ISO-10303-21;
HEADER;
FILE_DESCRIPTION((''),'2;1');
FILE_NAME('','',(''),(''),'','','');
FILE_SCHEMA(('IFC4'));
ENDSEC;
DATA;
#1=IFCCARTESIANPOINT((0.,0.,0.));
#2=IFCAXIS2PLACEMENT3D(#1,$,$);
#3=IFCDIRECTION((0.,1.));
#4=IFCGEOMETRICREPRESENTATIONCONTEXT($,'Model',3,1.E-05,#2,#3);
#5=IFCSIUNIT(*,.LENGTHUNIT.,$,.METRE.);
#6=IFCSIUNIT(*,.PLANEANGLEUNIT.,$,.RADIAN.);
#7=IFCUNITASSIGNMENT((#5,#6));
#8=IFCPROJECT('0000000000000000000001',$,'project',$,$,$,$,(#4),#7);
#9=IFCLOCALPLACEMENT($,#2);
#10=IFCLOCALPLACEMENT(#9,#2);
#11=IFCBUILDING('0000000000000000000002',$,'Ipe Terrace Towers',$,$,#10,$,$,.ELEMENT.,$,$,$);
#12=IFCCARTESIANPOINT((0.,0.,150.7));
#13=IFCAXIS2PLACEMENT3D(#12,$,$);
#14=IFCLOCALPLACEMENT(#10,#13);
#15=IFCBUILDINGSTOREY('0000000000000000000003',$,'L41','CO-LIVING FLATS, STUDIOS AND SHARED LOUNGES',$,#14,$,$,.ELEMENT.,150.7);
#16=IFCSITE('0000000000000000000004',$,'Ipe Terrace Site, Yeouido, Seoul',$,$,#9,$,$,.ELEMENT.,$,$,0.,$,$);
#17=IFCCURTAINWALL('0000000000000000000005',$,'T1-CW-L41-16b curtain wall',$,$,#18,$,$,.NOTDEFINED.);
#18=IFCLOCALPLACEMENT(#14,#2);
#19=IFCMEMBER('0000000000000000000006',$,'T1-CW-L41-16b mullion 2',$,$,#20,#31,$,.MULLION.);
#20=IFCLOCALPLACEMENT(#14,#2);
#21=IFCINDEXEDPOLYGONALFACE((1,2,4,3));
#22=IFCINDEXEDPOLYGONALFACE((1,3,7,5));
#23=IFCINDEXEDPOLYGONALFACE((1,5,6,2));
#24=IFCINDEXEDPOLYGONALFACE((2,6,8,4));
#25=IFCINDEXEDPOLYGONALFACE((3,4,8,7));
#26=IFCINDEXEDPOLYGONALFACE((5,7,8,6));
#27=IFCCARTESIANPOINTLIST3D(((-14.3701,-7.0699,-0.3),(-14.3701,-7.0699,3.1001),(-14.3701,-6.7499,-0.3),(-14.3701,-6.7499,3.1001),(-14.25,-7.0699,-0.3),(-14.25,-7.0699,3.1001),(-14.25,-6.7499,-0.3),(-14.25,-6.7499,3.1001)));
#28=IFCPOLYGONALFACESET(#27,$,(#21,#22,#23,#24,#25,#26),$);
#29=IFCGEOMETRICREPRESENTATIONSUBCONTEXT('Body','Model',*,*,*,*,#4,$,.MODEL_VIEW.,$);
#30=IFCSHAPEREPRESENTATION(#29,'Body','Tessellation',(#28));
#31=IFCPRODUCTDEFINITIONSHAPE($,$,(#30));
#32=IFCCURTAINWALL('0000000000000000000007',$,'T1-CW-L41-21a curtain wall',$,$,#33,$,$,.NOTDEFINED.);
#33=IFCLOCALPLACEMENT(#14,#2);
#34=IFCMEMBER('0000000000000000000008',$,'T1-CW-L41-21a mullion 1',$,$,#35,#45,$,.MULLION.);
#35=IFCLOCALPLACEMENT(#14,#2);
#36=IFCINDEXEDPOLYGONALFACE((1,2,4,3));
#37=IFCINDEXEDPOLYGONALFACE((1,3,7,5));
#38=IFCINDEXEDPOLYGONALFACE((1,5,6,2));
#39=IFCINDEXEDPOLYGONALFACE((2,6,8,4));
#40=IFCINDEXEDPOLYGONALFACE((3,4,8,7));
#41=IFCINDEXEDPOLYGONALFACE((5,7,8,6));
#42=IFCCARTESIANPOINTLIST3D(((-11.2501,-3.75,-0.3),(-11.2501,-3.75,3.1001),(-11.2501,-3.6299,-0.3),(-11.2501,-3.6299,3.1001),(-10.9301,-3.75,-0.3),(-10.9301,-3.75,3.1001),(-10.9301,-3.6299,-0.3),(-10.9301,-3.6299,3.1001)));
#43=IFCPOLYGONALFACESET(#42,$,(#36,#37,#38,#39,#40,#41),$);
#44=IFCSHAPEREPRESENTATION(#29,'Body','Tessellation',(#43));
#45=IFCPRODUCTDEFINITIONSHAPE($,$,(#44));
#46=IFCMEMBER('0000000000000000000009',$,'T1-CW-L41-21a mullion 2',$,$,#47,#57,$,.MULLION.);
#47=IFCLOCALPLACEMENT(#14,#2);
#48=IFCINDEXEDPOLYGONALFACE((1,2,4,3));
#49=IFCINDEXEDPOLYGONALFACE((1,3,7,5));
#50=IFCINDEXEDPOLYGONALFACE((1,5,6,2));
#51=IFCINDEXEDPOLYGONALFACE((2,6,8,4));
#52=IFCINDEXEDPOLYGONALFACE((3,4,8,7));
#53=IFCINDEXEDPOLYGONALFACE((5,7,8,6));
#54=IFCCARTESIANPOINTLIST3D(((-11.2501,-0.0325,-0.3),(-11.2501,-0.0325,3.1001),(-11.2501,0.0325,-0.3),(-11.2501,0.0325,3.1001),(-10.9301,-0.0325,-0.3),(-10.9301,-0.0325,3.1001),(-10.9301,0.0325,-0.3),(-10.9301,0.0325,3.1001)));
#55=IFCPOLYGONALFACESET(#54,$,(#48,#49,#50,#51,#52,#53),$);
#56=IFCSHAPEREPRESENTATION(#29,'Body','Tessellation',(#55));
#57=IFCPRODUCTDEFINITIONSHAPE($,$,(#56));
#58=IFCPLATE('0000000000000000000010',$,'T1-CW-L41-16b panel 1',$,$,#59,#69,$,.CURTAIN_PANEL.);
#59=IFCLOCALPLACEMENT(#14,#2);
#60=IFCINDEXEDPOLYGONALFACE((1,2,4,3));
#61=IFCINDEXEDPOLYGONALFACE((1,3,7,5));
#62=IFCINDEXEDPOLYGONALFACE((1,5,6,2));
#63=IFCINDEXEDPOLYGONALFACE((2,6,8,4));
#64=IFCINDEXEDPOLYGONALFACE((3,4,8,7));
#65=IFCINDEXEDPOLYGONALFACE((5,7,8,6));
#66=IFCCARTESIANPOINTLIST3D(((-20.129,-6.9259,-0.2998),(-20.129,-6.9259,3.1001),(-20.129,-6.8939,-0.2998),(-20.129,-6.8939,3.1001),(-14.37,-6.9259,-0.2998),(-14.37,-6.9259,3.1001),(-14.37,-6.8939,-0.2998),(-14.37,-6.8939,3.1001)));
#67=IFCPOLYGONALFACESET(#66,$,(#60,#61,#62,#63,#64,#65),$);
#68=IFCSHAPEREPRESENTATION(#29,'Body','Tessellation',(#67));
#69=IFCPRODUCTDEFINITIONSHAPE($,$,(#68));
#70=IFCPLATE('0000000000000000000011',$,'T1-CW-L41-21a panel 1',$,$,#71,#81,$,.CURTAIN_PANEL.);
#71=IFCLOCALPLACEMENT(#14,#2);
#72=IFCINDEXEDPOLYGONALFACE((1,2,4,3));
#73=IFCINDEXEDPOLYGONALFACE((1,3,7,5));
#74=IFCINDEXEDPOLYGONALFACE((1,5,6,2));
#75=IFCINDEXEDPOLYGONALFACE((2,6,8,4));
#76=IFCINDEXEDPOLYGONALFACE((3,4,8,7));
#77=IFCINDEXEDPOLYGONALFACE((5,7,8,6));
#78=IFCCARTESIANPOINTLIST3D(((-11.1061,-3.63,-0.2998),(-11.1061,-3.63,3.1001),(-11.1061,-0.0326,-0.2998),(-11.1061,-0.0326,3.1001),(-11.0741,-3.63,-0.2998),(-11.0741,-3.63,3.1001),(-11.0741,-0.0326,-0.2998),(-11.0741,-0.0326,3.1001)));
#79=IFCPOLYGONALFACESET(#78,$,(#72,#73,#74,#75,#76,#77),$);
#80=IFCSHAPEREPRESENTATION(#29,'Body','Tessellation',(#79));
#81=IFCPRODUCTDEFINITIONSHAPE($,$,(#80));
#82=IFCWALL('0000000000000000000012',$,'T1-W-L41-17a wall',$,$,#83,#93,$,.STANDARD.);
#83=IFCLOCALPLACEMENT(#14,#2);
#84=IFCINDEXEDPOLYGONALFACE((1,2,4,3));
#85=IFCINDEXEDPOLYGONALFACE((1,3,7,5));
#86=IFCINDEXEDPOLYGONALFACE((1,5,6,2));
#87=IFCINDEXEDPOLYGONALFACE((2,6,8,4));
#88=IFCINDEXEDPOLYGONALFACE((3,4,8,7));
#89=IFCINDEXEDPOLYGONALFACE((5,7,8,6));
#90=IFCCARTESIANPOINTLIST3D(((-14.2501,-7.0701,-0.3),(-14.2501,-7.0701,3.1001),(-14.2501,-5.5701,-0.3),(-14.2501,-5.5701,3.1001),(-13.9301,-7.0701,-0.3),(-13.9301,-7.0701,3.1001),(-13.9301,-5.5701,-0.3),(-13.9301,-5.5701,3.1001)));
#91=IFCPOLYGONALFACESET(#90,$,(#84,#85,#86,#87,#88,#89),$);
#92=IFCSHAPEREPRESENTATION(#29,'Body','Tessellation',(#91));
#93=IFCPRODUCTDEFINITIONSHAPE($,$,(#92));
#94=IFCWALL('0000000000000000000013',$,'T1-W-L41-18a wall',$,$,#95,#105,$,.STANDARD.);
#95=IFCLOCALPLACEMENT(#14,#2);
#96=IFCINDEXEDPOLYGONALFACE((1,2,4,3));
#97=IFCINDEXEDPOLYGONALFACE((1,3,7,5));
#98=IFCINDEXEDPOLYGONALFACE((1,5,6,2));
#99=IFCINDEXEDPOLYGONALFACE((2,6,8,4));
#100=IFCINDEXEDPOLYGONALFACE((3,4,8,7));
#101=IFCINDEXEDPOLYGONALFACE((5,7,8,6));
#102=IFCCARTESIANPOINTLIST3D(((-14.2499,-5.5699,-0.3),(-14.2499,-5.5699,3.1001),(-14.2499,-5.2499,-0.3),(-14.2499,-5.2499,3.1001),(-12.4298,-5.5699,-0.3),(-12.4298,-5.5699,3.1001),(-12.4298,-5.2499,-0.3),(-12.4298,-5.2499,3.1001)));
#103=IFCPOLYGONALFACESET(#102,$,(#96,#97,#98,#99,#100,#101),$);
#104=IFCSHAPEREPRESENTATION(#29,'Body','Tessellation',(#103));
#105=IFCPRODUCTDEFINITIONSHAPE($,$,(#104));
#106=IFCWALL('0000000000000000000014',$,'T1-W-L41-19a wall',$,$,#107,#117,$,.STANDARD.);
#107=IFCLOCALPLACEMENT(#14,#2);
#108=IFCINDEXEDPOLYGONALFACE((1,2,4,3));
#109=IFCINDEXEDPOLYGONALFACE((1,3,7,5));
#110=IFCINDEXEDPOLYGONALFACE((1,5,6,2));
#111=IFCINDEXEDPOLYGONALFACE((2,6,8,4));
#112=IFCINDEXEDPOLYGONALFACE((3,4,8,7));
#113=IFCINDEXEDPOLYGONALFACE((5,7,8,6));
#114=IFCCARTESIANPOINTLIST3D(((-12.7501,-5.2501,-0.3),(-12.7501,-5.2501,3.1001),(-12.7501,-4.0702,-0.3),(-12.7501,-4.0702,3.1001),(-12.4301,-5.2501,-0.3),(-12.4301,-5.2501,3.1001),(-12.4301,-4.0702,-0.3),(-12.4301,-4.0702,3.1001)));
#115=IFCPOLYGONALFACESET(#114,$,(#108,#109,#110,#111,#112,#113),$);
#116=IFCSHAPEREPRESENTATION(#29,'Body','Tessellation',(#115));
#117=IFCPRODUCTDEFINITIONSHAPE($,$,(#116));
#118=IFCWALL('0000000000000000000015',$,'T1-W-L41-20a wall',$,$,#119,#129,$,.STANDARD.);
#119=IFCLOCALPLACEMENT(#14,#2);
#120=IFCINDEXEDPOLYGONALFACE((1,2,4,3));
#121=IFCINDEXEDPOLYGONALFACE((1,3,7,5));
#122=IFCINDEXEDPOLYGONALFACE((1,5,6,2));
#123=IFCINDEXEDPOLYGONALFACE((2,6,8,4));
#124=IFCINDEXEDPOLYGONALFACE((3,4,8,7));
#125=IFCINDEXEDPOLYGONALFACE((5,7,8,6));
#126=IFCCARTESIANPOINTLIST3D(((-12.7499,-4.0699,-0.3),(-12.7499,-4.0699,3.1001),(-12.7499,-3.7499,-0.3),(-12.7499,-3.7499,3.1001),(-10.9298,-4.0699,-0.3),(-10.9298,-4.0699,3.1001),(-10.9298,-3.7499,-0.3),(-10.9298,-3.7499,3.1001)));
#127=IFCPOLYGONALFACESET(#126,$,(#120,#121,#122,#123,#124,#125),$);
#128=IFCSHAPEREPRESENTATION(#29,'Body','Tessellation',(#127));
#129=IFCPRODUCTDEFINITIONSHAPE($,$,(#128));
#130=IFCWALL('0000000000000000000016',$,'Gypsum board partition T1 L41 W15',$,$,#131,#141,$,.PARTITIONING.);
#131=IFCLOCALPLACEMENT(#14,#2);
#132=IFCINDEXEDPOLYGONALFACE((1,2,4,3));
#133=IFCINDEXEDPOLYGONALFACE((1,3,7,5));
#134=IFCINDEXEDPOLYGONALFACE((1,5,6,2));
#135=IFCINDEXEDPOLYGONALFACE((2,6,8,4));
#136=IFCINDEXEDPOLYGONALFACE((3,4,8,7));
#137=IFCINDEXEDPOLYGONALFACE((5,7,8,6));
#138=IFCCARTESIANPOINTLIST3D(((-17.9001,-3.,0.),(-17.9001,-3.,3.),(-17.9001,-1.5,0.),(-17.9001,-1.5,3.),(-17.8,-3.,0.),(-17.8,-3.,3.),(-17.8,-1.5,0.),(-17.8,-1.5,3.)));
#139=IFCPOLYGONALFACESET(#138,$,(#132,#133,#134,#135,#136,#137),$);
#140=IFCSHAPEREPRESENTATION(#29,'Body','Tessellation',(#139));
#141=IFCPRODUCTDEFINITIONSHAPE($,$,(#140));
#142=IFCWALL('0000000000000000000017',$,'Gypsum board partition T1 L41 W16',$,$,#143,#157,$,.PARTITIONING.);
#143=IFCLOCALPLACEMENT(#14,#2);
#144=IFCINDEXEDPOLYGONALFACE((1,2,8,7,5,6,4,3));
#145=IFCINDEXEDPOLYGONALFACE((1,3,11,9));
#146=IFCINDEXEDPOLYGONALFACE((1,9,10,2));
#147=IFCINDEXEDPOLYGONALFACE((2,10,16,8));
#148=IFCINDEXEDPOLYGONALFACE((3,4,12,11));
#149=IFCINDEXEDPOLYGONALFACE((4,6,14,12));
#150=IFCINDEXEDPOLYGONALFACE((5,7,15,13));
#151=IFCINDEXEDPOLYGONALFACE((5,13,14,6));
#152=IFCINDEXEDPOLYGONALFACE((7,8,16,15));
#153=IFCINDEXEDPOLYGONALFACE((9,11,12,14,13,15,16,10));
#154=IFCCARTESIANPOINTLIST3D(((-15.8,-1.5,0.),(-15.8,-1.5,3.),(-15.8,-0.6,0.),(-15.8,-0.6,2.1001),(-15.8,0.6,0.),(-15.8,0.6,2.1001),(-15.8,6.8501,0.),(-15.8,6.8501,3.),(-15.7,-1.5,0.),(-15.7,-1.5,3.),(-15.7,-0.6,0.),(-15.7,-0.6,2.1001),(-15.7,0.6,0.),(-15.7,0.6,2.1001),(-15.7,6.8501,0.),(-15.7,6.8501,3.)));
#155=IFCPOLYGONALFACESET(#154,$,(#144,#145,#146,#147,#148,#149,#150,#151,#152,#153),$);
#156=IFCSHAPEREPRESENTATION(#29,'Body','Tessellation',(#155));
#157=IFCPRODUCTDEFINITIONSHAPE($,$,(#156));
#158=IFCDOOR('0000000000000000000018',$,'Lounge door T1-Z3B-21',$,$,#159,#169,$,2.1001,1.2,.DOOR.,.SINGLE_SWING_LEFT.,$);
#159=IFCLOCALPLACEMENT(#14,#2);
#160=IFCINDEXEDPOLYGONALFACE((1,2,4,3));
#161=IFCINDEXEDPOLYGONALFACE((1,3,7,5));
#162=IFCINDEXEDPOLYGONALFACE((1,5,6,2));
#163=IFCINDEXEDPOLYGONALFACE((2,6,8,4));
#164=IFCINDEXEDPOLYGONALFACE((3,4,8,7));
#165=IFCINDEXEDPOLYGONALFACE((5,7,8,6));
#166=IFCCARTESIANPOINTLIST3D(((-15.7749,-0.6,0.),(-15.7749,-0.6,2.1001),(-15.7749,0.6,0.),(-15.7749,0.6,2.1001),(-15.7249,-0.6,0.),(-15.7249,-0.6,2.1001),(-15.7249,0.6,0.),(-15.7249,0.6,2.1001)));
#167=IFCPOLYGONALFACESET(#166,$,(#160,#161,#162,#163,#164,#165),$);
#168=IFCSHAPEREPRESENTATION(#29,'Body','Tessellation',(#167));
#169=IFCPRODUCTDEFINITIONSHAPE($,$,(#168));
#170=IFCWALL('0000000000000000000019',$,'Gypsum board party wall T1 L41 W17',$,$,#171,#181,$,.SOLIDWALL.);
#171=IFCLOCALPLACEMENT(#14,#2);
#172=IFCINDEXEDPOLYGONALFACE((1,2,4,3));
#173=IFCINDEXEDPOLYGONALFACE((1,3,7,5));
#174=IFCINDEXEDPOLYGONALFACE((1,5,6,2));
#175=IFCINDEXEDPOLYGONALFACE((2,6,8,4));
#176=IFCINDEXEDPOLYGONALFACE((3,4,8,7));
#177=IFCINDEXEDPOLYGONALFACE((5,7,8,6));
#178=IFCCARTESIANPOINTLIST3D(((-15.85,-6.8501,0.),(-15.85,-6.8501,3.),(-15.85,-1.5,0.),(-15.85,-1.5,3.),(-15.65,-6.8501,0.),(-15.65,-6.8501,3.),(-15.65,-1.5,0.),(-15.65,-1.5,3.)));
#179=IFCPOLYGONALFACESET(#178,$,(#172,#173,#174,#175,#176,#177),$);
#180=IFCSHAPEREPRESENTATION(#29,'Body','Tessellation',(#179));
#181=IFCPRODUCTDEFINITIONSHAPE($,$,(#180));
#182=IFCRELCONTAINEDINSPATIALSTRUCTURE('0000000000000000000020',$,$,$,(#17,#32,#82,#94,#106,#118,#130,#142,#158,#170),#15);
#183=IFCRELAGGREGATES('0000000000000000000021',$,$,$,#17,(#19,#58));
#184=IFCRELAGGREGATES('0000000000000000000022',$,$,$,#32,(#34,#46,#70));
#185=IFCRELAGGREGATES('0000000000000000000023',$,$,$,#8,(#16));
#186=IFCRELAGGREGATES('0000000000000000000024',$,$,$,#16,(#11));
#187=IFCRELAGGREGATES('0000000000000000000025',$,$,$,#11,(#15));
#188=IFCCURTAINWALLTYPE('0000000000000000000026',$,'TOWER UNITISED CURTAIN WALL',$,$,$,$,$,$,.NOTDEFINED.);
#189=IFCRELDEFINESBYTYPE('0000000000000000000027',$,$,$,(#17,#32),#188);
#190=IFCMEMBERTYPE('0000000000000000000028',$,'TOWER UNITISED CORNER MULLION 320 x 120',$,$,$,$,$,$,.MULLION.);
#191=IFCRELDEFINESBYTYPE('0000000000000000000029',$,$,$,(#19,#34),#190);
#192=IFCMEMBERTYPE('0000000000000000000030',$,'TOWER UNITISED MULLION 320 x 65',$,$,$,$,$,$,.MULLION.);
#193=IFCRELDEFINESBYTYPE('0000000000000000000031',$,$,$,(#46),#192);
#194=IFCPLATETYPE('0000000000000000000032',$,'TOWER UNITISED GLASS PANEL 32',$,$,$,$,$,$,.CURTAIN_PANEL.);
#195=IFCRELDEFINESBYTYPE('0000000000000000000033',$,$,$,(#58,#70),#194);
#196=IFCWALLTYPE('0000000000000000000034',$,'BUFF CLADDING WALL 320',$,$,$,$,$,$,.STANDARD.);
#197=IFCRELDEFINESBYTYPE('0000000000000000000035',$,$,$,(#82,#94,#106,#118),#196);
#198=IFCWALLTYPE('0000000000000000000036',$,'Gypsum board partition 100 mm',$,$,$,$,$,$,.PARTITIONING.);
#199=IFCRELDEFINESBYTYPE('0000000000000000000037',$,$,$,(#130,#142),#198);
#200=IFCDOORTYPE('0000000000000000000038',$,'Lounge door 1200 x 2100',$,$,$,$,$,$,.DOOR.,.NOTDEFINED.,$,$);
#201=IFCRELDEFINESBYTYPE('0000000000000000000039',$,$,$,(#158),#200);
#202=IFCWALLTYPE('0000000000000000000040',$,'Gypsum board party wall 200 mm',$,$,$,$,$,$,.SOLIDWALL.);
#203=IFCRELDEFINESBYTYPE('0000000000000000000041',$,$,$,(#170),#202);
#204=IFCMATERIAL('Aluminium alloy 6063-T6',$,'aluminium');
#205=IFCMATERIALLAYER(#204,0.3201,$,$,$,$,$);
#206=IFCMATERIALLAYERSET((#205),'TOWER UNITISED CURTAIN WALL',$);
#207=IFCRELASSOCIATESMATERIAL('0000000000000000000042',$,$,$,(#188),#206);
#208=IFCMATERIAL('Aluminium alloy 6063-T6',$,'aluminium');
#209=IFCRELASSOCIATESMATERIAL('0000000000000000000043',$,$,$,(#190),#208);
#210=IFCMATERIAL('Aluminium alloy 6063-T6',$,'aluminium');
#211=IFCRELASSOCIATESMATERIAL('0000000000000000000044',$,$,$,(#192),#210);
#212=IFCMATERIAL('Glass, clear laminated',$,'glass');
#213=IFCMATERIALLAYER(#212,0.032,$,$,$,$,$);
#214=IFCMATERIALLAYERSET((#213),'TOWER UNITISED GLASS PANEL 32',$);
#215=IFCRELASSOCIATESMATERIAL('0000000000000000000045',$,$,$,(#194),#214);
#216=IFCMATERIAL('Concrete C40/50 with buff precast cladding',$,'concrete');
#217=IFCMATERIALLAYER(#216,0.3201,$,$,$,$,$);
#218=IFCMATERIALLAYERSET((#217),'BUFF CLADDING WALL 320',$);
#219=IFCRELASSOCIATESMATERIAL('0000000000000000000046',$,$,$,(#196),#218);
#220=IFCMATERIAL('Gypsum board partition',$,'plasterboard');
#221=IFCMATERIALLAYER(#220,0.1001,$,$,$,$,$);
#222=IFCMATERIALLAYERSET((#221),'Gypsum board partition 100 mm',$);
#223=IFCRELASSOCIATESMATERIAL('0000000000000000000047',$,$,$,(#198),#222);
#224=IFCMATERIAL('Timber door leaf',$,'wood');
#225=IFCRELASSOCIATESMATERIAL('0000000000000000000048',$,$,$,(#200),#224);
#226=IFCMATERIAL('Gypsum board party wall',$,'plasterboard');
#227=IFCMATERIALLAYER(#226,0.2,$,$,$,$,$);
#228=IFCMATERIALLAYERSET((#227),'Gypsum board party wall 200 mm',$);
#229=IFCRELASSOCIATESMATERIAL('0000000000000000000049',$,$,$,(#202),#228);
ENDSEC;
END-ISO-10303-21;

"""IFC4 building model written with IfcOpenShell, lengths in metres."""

from ifc_helpers import new_model, si_unit, direction, frame, frame_2d, origin, origin_2d, place, context, subcontext, project, spatial, rectangle, extrude, material, layer, layer_set, material_profile, profile_set, type_object, element, fill, aggregate, save


model = new_model("IFC4")

# Units and contexts
model_context = context("Model", 3, precision=1e-05, world=origin(), true_north=direction((0.0, 1.0)))
body_context = subcontext(model_context, "Body", "Model", "MODEL_VIEW")
ifc_project = project(units=[si_unit("LENGTHUNIT", "METRE"), si_unit("PLANEANGLEUNIT", "RADIAN")], contexts=[model_context])

# Site, building, storey
site_placement = place(None, origin())
site = spatial("IfcSite", under=ifc_project, at=site_placement, Name="Ipe Terrace Site, Yeouido, Seoul", CompositionType="ELEMENT", RefElevation=0.0)
building_placement = place(site_placement, origin())
building = spatial("IfcBuilding", under=site, at=building_placement, Name="Ipe Terrace Towers", CompositionType="ELEMENT")
storey_placement = place(building_placement, frame((0.0, 0.0, 150.7)))
storey = spatial("IfcBuildingStorey", under=building, at=storey_placement, Name="L41", Description="CO-LIVING FLATS, STUDIOS AND SHARED LOUNGES", CompositionType="ELEMENT", Elevation=150.7)

# Curtain walls, members
ifc_material_1 = material(Name="Aluminium alloy 6063-T6", Category="aluminium")
ifc_layer_1 = layer(ifc_material_1, 0.3201)
ifc_layer_set_1 = layer_set([ifc_layer_1], Name="TOWER UNITISED CURTAIN WALL")
curtain_wall_type = type_object("IfcCurtainWallType", Name="TOWER UNITISED CURTAIN WALL", PredefinedType="NOTDEFINED", material=ifc_layer_set_1)
curtain_wall_1_placement = place(storey_placement, origin())
curtain_wall_1 = element("IfcCurtainWall", 1, at=curtain_wall_1_placement, inside=storey, type_object=curtain_wall_type, Name="T1-CW-L41-16b curtain wall", PredefinedType="NOTDEFINED")
ifc_material_2 = material(Name="Aluminium alloy 6063-T6", Category="aluminium")
ifc_material_profile_1 = material_profile(ifc_material_2, rectangle(XDim=0.3201, YDim=0.1201, at=origin_2d()), Name="TOWER UNITISED CORNER MULLION 320 x 120")
ifc_profile_set_1 = profile_set([ifc_material_profile_1], Name="Aluminium alloy 6063-T6")
member_type_1 = type_object("IfcMemberType", Name="TOWER UNITISED CORNER MULLION 320 x 120", PredefinedType="MULLION", material=ifc_profile_set_1)
member_1_placement = place(storey_placement, frame((-14.3101, -6.9099, -0.3), z_axis=(0.0, 0.0, 1.0), x_axis=(0.0, -1.0, 0.0)))
member_1 = element("IfcMember", 2, at=member_1_placement, type_object=member_type_1, Name="T1-CW-L41-16b mullion 2", PredefinedType="MULLION", context=body_context, shape_type="SweptSolid", body=[
    extrude(rectangle(XDim=0.3201, YDim=0.1201, at=origin_2d()), origin(), (0.0, 0.0, 1.0), 3.4001),
])
curtain_wall_2_placement = place(storey_placement, origin())
curtain_wall_2 = element("IfcCurtainWall", 3, at=curtain_wall_2_placement, inside=storey, type_object=curtain_wall_type, Name="T1-CW-L41-21a curtain wall", PredefinedType="NOTDEFINED")
member_2_placement = place(storey_placement, frame((-11.0901, -3.6899, -0.3), z_axis=(0.0, 0.0, 1.0), x_axis=(1.0, 0.0, 0.0)))
member_2 = element("IfcMember", 4, at=member_2_placement, type_object=member_type_1, Name="T1-CW-L41-21a mullion 1", PredefinedType="MULLION", context=body_context, shape_type="SweptSolid", body=[
    extrude(rectangle(XDim=0.3201, YDim=0.1201, at=origin_2d()), origin(), (0.0, 0.0, 1.0), 3.4001),
])
ifc_material_3 = material(Name="Aluminium alloy 6063-T6", Category="aluminium")
ifc_material_profile_2 = material_profile(ifc_material_3, rectangle(XDim=0.3201, YDim=0.0649, at=origin_2d()), Name="TOWER UNITISED MULLION 320 x 65")
ifc_profile_set_2 = profile_set([ifc_material_profile_2], Name="Aluminium alloy 6063-T6")
member_type_2 = type_object("IfcMemberType", Name="TOWER UNITISED MULLION 320 x 65", PredefinedType="MULLION", material=ifc_profile_set_2)
member_3_placement = place(storey_placement, frame((-11.0901, 0.0, -0.3), z_axis=(0.0, 0.0, 1.0), x_axis=(1.0, 0.0, 0.0)))
member_3 = element("IfcMember", 5, at=member_3_placement, type_object=member_type_2, Name="T1-CW-L41-21a mullion 2", PredefinedType="MULLION", context=body_context, shape_type="SweptSolid", body=[
    extrude(rectangle(XDim=0.3201, YDim=0.0649, at=origin_2d()), origin(), (0.0, 0.0, 1.0), 3.4001),
])

# Plates
ifc_material_4 = material(Name="Glass, clear laminated", Category="glass")
ifc_layer_2 = layer(ifc_material_4, 0.032)
ifc_layer_set_2 = layer_set([ifc_layer_2], Name="TOWER UNITISED GLASS PANEL 32")
plate_type = type_object("IfcPlateType", Name="TOWER UNITISED GLASS PANEL 32", PredefinedType="CURTAIN_PANEL", material=ifc_layer_set_2)
plate_1_placement = place(storey_placement, frame((-17.2495, -6.9099, -0.2998), z_axis=(0.0, 0.0, 1.0), x_axis=(1.0, 0.0, 0.0)))
plate_1 = element("IfcPlate", 6, at=plate_1_placement, type_object=plate_type, Name="T1-CW-L41-16b panel 1", PredefinedType="CURTAIN_PANEL", context=body_context, shape_type="SweptSolid", body=[
    extrude(rectangle(XDim=5.759, YDim=0.032, at=origin_2d()), origin(), (0.0, 0.0, 1.0), 3.3999),
])
aggregate(curtain_wall_1, [member_1, plate_1])
plate_2_placement = place(storey_placement, frame((-11.0901, -1.8313, -0.2998), z_axis=(0.0, 0.0, 1.0), x_axis=(0.0, 1.0, 0.0)))
plate_2 = element("IfcPlate", 7, at=plate_2_placement, type_object=plate_type, Name="T1-CW-L41-21a panel 1", PredefinedType="CURTAIN_PANEL", context=body_context, shape_type="SweptSolid", body=[
    extrude(rectangle(XDim=3.5974, YDim=0.032, at=origin_2d()), origin(), (0.0, 0.0, 1.0), 3.3999),
])
aggregate(curtain_wall_2, [member_2, member_3, plate_2])

# Walls
ifc_material_5 = material(Name="Concrete C40/50 with buff precast cladding", Category="concrete")
ifc_layer_3 = layer(ifc_material_5, 0.3201)
ifc_layer_set_3 = layer_set([ifc_layer_3], Name="BUFF CLADDING WALL 320")
wall_type_1 = type_object("IfcWallType", Name="BUFF CLADDING WALL 320", PredefinedType="STANDARD", material=ifc_layer_set_3)
wall_1_placement = place(storey_placement, frame((-14.0901, -7.0701, -0.3), z_axis=(0.0, 0.0, 1.0), x_axis=(0.0, 1.0, 0.0)))
element("IfcWall", 8, at=wall_1_placement, inside=storey, type_object=wall_type_1, Name="T1-W-L41-17a wall", PredefinedType="STANDARD", context=body_context, shape_type="SweptSolid", body=[
    extrude(rectangle(XDim=1.5, YDim=0.3201, at=frame_2d((0.75, 0.0))), origin(), (0.0, 0.0, 1.0), 3.4001),
])
wall_2_placement = place(storey_placement, frame((-14.25, -5.4099, -0.3), z_axis=(0.0, 0.0, 1.0), x_axis=(1.0, 0.0, 0.0)))
element("IfcWall", 9, at=wall_2_placement, inside=storey, type_object=wall_type_1, Name="T1-W-L41-18a wall", PredefinedType="STANDARD", context=body_context, shape_type="SweptSolid", body=[
    extrude(rectangle(XDim=1.8201, YDim=0.3201, at=frame_2d((0.9102, 0.0))), origin(), (0.0, 0.0, 1.0), 3.4001),
])
wall_3_placement = place(storey_placement, frame((-12.5901, -5.25, -0.3), z_axis=(0.0, 0.0, 1.0), x_axis=(0.0, 1.0, 0.0)))
element("IfcWall", 10, at=wall_3_placement, inside=storey, type_object=wall_type_1, Name="T1-W-L41-19a wall", PredefinedType="STANDARD", context=body_context, shape_type="SweptSolid", body=[
    extrude(rectangle(XDim=1.1799, YDim=0.3201, at=frame_2d((0.5898, 0.0))), origin(), (0.0, 0.0, 1.0), 3.4001),
])
wall_4_placement = place(storey_placement, frame((-12.75, -3.9099, -0.3), z_axis=(0.0, 0.0, 1.0), x_axis=(1.0, 0.0, 0.0)))
element("IfcWall", 11, at=wall_4_placement, inside=storey, type_object=wall_type_1, Name="T1-W-L41-20a wall", PredefinedType="STANDARD", context=body_context, shape_type="SweptSolid", body=[
    extrude(rectangle(XDim=1.8201, YDim=0.3201, at=frame_2d((0.9102, 0.0))), origin(), (0.0, 0.0, 1.0), 3.4001),
])
ifc_material_6 = material(Name="Gypsum board partition", Category="plasterboard")
ifc_layer_4 = layer(ifc_material_6, 0.1001)
ifc_layer_set_4 = layer_set([ifc_layer_4], Name="Gypsum board partition 100 mm")
wall_type_2 = type_object("IfcWallType", Name="Gypsum board partition 100 mm", PredefinedType="PARTITIONING", material=ifc_layer_set_4)
wall_5_placement = place(storey_placement, frame((-17.8501, -3.0, 0.0), z_axis=(0.0, 0.0, 1.0), x_axis=(0.0, 1.0, 0.0)))
element("IfcWall", 12, at=wall_5_placement, inside=storey, type_object=wall_type_2, Name="Gypsum board partition T1 L41 W15", PredefinedType="PARTITIONING", context=body_context, shape_type="SweptSolid", body=[
    extrude(rectangle(XDim=1.5, YDim=0.1001, at=frame_2d((0.75, 0.0))), origin(), (0.0, 0.0, 1.0), 3.0),
])

# Wall, opening, door
wall_6_placement = place(storey_placement, frame((-15.75, -1.5, 0.0), z_axis=(0.0, 0.0, 1.0), x_axis=(0.0, 1.0, 0.0)))
wall_6 = element("IfcWall", 13, at=wall_6_placement, inside=storey, type_object=wall_type_2, Name="Gypsum board partition T1 L41 W16", PredefinedType="PARTITIONING", context=body_context, shape_type="SweptSolid", body=[
    extrude(rectangle(XDim=8.3501, YDim=0.1001, at=frame_2d((4.175, 0.0))), origin(), (0.0, 0.0, 1.0), 3.0),
])
opening_1_placement = place(wall_6_placement, frame((0.8999, 0.0, 0.0)))
opening_1 = element("IfcOpeningElement", 14, at=opening_1_placement, cuts=wall_6, PredefinedType="OPENING", context=body_context, shape_type="SweptSolid", body=[
    extrude(rectangle(XDim=1.2, YDim=2.1001, at=frame_2d((0.6001, 1.05))), frame((0.0, 0.0601, 0.0), z_axis=(0.0, -1.0, 0.0), x_axis=(1.0, 0.0, 0.0)), (0.0, 0.0, 1.0), 0.1201),
])
ifc_material_7 = material(Name="Timber door leaf", Category="wood")
door_type_1 = type_object("IfcDoorType", Name="Lounge door 1200 x 2100", OperationType="NOTDEFINED", PredefinedType="DOOR", material=ifc_material_7)
door_1_placement = place(opening_1_placement, origin())
door_1 = element("IfcDoor", 15, at=door_1_placement, inside=storey, type_object=door_type_1, Name="Lounge door T1-Z3B-21", OperationType="SINGLE_SWING_LEFT", OverallHeight=2.1001, OverallWidth=1.2, PredefinedType="DOOR", context=body_context, shape_type="SweptSolid", body=[
    extrude(rectangle(XDim=1.2, YDim=2.1001, at=frame_2d((0.6001, 1.05))), frame((0.0, 0.0249, 0.0), z_axis=(0.0, -1.0, 0.0), x_axis=(1.0, 0.0, 0.0)), (0.0, 0.0, 1.0), 0.05),
])
fill(opening_1, door_1)

# Wall
ifc_material_8 = material(Name="Gypsum board party wall", Category="plasterboard")
ifc_layer_5 = layer(ifc_material_8, 0.2)
ifc_layer_set_5 = layer_set([ifc_layer_5], Name="Gypsum board party wall 200 mm")
wall_type_3 = type_object("IfcWallType", Name="Gypsum board party wall 200 mm", PredefinedType="SOLIDWALL", material=ifc_layer_set_5)
wall_7_placement = place(storey_placement, frame((-15.75, -6.8501, 0.0), z_axis=(0.0, 0.0, 1.0), x_axis=(0.0, 1.0, 0.0)))
element("IfcWall", 16, at=wall_7_placement, inside=storey, type_object=wall_type_3, Name="Gypsum board party wall T1 L41 W17", PredefinedType="SOLIDWALL", context=body_context, shape_type="SweptSolid", body=[
    extrude(rectangle(XDim=5.3501, YDim=0.2, at=frame_2d((2.675, 0.0))), origin(), (0.0, 0.0, 1.0), 3.0),
])

save(model, "model.ifc")
